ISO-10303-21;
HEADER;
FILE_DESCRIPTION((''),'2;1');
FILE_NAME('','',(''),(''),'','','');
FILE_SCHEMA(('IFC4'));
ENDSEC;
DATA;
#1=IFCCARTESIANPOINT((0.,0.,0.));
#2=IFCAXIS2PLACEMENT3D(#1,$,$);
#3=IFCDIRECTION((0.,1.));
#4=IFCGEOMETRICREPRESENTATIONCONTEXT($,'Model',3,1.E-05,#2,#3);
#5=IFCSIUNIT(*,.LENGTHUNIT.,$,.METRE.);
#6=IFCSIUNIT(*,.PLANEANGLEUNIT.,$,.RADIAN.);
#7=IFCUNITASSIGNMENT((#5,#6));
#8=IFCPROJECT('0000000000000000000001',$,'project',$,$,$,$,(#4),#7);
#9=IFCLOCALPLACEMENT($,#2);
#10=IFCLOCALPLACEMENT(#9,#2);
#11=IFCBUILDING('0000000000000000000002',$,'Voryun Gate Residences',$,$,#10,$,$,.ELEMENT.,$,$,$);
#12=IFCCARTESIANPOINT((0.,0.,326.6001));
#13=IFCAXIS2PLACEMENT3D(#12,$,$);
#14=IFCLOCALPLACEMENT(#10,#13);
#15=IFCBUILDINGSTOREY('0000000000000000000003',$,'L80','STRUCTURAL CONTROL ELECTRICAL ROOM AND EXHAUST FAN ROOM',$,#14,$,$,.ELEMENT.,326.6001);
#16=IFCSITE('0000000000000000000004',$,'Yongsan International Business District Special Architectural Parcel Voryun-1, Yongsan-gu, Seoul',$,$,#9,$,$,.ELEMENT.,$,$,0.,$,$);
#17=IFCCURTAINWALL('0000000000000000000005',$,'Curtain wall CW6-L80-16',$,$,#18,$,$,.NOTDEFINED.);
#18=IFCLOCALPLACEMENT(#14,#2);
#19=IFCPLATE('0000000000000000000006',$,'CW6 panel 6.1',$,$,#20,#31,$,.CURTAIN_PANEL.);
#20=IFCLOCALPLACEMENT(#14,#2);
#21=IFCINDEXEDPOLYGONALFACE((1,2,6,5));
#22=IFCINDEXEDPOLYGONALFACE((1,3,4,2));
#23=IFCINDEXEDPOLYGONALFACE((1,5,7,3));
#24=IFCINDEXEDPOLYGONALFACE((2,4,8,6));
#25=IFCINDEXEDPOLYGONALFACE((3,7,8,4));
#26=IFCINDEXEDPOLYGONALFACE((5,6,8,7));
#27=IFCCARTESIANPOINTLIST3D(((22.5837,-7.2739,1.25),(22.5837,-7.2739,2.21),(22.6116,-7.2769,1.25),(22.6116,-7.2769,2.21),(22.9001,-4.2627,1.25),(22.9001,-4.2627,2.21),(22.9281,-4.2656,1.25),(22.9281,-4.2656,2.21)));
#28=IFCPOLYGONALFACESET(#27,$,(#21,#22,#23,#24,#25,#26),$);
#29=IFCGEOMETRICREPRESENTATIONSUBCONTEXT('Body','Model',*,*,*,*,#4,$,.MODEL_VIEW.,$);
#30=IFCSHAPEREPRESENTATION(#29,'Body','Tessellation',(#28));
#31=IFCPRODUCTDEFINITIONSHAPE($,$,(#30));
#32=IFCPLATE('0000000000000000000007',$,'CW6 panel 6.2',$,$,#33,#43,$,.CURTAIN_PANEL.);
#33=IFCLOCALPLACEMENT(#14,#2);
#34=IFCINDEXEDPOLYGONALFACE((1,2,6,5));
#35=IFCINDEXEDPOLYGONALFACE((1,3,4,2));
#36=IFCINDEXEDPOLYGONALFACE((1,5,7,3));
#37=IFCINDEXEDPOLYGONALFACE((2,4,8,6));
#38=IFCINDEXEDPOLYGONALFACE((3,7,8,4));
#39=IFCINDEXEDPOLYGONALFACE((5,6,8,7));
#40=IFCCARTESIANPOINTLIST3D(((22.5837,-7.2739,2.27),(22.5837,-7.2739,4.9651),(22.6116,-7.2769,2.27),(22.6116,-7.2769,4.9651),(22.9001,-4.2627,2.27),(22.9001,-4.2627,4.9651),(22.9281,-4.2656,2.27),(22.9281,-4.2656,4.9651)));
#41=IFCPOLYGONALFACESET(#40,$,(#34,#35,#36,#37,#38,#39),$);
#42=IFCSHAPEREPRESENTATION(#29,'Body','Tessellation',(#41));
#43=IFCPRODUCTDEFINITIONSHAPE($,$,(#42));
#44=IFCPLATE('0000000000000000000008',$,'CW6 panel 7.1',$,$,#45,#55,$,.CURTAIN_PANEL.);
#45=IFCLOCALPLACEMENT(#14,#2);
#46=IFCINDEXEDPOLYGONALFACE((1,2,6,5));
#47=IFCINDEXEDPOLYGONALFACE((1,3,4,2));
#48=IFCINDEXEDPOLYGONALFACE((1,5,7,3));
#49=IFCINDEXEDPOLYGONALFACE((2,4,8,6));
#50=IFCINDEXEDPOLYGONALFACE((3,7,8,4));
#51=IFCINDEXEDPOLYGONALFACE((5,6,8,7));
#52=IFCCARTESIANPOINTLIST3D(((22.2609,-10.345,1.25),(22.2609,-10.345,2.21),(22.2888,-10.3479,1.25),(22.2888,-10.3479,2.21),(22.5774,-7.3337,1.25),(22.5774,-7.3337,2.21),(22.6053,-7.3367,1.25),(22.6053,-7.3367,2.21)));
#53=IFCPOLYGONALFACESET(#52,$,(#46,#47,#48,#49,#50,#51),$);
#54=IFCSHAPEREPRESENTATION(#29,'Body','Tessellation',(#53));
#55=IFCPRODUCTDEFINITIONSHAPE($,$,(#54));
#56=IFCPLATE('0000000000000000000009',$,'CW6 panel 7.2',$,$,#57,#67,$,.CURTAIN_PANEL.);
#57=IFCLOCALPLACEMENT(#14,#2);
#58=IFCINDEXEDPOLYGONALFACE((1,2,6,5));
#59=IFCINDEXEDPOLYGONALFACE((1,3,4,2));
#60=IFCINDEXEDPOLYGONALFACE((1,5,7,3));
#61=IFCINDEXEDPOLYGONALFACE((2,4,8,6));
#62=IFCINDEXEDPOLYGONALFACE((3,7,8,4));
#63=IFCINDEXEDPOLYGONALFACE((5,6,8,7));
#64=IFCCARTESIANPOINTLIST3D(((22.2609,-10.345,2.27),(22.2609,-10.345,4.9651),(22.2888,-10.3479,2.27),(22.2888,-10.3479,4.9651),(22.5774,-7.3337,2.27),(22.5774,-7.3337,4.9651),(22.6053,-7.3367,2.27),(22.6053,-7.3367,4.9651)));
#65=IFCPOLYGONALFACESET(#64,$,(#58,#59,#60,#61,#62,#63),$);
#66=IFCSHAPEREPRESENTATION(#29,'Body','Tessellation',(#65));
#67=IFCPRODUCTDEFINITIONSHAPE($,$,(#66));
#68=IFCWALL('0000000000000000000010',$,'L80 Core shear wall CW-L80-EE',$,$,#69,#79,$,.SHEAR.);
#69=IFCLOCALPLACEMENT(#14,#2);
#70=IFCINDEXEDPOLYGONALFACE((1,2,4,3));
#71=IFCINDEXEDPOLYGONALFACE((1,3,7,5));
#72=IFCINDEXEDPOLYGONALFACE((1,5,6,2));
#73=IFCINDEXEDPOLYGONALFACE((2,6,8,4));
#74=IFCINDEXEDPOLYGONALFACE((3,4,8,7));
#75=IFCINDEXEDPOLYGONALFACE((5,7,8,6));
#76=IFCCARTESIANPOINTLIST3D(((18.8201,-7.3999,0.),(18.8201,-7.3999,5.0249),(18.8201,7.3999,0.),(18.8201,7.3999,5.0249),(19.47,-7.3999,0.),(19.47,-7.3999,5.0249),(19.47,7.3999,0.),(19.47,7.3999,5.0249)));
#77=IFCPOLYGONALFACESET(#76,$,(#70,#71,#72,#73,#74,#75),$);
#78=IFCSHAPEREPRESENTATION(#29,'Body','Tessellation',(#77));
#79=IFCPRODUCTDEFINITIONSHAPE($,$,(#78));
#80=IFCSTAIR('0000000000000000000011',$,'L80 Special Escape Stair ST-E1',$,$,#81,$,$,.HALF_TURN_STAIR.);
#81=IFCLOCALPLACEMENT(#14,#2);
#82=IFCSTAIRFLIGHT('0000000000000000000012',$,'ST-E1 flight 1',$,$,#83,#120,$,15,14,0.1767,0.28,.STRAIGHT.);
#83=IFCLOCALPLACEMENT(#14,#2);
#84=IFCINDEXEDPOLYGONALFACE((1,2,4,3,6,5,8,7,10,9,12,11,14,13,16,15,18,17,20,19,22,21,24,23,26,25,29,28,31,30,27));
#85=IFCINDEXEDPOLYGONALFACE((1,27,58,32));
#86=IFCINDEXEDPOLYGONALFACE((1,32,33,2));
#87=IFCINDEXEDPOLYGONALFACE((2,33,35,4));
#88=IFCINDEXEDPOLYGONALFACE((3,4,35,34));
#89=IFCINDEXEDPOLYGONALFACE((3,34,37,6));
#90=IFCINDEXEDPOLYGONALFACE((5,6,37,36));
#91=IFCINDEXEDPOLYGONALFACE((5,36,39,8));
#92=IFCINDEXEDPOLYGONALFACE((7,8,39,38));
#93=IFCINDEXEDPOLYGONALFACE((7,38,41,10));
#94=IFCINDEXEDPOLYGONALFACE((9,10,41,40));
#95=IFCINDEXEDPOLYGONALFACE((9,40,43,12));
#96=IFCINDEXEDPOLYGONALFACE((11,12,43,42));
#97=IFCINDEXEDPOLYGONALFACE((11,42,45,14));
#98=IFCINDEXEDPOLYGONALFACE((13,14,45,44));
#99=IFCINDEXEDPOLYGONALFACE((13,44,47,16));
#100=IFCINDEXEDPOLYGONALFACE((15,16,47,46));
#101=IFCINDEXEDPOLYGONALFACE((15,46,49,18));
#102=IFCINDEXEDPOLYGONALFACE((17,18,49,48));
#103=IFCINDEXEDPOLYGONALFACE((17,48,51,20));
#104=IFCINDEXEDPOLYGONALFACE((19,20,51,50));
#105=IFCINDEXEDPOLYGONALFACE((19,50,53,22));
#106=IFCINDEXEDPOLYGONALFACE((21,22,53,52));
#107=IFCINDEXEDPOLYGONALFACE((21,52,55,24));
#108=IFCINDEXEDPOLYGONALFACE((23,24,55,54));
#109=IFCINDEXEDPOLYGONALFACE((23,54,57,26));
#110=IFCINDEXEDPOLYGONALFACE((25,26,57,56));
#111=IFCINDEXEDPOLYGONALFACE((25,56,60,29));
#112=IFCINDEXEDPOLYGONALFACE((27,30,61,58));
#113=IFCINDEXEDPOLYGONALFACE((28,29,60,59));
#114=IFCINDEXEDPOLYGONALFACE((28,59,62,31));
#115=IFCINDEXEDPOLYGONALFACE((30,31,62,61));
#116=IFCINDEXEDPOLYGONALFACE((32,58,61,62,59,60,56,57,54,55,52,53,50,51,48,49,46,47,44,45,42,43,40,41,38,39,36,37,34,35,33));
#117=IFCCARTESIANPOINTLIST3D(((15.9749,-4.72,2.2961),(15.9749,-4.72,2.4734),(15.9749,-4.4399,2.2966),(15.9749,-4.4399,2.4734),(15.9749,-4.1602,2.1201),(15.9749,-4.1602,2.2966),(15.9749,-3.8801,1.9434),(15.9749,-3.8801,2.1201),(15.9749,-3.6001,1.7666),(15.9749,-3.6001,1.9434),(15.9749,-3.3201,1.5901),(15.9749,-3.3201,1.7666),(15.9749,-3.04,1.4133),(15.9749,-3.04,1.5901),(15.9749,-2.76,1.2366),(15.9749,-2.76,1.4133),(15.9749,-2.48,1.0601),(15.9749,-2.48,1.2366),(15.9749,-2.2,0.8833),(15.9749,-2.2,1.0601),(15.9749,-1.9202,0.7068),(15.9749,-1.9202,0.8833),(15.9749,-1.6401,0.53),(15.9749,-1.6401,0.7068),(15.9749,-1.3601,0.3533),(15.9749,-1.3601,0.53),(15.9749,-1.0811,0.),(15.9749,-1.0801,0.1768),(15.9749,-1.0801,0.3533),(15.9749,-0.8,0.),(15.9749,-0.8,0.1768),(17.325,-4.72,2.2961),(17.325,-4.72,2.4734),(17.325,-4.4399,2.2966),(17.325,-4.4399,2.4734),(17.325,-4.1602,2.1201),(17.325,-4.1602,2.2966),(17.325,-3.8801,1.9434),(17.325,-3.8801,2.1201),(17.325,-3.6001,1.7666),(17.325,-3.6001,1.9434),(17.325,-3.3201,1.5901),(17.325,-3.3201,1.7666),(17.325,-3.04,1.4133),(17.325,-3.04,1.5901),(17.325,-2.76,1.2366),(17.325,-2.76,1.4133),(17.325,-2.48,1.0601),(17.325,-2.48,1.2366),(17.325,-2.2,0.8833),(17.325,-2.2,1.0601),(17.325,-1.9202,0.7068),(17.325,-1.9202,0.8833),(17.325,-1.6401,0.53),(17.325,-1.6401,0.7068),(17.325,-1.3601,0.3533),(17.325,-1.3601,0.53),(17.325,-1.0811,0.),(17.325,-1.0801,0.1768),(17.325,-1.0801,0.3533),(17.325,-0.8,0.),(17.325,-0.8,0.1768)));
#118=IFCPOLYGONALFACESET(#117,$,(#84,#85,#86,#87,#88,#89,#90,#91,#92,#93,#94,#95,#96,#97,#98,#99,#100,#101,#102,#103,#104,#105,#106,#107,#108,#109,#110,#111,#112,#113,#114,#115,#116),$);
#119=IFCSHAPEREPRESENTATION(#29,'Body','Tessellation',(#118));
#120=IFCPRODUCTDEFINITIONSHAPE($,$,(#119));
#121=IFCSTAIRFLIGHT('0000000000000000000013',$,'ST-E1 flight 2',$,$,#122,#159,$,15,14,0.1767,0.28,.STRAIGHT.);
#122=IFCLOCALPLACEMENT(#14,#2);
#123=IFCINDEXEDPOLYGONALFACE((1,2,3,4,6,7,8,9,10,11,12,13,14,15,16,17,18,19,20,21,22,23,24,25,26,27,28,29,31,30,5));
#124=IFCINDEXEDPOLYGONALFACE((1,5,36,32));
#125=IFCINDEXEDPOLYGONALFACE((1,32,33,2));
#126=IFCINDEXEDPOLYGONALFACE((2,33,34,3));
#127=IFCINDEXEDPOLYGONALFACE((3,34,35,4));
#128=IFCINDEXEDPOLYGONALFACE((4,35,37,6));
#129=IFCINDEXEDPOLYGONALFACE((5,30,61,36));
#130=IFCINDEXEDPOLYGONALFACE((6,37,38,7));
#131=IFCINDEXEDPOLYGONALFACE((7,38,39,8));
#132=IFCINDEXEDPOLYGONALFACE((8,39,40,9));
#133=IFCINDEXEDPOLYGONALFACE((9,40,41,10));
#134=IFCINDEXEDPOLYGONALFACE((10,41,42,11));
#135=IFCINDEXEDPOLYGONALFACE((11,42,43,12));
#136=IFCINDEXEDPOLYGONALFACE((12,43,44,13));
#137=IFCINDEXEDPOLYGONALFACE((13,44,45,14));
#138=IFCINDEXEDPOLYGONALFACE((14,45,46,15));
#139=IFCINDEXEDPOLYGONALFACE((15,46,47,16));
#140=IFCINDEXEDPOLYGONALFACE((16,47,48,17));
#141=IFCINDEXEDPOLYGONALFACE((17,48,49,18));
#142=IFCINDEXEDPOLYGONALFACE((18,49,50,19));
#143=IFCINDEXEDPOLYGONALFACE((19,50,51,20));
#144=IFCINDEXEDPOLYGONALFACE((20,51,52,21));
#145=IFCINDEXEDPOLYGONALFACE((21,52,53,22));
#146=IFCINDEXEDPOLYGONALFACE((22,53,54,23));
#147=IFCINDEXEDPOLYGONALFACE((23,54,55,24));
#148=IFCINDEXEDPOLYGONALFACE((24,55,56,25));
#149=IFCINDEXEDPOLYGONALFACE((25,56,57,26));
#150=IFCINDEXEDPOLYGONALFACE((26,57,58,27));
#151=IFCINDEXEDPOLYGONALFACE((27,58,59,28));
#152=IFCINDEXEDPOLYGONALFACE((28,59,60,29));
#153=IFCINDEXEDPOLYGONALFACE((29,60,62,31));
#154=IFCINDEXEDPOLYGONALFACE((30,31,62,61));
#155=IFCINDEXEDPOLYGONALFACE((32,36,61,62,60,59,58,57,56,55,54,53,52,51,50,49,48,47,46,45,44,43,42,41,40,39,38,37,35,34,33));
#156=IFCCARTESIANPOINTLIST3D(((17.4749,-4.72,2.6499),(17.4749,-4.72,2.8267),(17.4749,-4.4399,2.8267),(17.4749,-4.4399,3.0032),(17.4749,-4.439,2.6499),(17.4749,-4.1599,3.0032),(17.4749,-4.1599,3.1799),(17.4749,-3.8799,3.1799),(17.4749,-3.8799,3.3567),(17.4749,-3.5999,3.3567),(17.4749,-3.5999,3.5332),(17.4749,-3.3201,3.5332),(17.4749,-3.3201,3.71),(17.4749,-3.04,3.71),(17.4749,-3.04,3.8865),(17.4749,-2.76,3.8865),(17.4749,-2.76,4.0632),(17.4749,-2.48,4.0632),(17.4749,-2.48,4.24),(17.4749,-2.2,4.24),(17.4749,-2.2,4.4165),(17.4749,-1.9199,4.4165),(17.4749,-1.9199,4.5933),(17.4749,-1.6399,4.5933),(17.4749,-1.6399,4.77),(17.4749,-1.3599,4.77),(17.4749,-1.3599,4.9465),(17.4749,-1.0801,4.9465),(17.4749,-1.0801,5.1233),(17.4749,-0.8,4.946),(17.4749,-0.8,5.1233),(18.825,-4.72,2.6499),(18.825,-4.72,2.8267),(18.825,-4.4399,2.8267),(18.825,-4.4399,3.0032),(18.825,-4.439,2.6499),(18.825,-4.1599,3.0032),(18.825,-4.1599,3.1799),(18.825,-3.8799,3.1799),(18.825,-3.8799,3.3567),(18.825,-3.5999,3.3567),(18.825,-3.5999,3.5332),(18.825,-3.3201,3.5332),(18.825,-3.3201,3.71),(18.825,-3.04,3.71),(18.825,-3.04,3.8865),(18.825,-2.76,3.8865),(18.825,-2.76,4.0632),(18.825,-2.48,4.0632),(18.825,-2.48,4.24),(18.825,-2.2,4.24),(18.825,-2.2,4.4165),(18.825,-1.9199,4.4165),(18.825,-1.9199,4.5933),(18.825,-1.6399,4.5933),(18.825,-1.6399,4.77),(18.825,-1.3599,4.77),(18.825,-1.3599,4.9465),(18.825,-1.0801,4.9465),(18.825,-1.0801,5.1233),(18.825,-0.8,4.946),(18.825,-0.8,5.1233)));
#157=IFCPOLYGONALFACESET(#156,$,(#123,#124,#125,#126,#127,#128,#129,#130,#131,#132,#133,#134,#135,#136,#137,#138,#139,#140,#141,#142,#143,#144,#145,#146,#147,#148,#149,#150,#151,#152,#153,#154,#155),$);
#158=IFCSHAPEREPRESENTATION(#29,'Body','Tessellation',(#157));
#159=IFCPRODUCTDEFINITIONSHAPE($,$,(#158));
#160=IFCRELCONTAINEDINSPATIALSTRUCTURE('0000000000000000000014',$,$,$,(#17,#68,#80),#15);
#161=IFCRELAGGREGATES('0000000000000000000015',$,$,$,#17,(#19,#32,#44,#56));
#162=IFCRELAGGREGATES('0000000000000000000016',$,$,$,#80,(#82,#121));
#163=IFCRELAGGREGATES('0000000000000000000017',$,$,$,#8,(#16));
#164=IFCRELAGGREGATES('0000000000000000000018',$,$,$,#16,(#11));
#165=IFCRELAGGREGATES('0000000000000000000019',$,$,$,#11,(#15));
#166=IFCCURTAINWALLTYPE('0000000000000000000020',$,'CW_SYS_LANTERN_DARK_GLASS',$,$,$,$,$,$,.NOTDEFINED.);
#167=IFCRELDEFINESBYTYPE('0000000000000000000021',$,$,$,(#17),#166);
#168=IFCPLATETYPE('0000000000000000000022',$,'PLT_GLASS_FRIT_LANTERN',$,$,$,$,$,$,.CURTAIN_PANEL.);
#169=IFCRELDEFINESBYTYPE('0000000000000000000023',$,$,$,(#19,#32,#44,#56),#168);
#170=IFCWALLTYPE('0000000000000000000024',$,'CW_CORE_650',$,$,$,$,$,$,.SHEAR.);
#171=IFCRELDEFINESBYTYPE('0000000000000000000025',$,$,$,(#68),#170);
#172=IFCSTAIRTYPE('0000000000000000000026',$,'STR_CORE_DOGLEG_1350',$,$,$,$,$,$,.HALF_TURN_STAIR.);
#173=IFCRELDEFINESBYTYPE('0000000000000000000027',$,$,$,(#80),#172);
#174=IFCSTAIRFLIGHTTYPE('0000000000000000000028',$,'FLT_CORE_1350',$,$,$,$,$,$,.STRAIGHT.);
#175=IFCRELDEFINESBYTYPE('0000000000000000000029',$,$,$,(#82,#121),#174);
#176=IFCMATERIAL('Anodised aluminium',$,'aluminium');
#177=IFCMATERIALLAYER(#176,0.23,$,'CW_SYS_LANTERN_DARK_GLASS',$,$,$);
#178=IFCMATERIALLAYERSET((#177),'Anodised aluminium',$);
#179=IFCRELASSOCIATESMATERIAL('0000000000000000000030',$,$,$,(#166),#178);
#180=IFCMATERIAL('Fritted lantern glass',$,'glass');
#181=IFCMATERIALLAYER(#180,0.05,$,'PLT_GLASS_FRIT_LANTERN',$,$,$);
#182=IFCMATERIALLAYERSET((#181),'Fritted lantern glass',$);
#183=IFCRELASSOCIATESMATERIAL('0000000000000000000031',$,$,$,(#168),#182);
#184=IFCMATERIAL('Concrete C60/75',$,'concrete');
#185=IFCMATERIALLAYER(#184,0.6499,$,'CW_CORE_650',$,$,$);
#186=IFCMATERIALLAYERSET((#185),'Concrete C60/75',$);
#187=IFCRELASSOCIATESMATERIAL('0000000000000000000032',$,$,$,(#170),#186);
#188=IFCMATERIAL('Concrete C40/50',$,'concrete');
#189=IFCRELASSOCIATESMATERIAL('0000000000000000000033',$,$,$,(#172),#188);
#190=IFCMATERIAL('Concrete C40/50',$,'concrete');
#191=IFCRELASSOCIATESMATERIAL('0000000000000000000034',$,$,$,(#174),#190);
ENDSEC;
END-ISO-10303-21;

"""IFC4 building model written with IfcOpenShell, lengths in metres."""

from ifc_helpers import new_model, si_unit, direction, frame, frame_2d, origin, origin_2d, place, context, subcontext, project, spatial, polyline, rectangle, outline, extrude, material, layer, layer_set, type_object, element, aggregate, save


model = new_model("IFC4")

# Units and contexts
model_context = context("Model", 3, precision=1e-05, world=origin(), true_north=direction((0.0, 1.0)))
body_context = subcontext(model_context, "Body", "Model", "MODEL_VIEW")
ifc_project = project(units=[si_unit("LENGTHUNIT", "METRE"), si_unit("PLANEANGLEUNIT", "RADIAN")], contexts=[model_context])

# Site, building, storey
site_placement = place(None, origin())
site = spatial("IfcSite", under=ifc_project, at=site_placement, Name="Yongsan International Business District Special Architectural Parcel Voryun-1, Yongsan-gu, Seoul", CompositionType="ELEMENT", RefElevation=0.0)
building_placement = place(site_placement, origin())
building = spatial("IfcBuilding", under=site, at=building_placement, Name="Voryun Gate Residences", CompositionType="ELEMENT")
storey_placement = place(building_placement, frame((0.0, 0.0, 326.6001)))
storey = spatial("IfcBuildingStorey", under=building, at=storey_placement, Name="L80", Description="STRUCTURAL CONTROL ELECTRICAL ROOM AND EXHAUST FAN ROOM", CompositionType="ELEMENT", Elevation=326.6001)

# Curtain wall
ifc_material_1 = material(Name="Anodised aluminium", Category="aluminium")
ifc_layer_1 = layer(ifc_material_1, 0.23, Name="CW_SYS_LANTERN_DARK_GLASS")
ifc_layer_set_1 = layer_set([ifc_layer_1], Name="Anodised aluminium")
curtain_wall_type = type_object("IfcCurtainWallType", Name="CW_SYS_LANTERN_DARK_GLASS", PredefinedType="NOTDEFINED", material=ifc_layer_set_1)
curtain_wall_placement = place(storey_placement, origin())
curtain_wall = element("IfcCurtainWall", 1, at=curtain_wall_placement, inside=storey, type_object=curtain_wall_type, Name="Curtain wall CW6-L80-16", PredefinedType="NOTDEFINED")

# Plates
ifc_material_2 = material(Name="Fritted lantern glass", Category="glass")
ifc_layer_2 = layer(ifc_material_2, 0.05, Name="PLT_GLASS_FRIT_LANTERN")
ifc_layer_set_2 = layer_set([ifc_layer_2], Name="Fritted lantern glass")
plate_type_1 = type_object("IfcPlateType", Name="PLT_GLASS_FRIT_LANTERN", PredefinedType="CURTAIN_PANEL", material=ifc_layer_set_2)
plate_1_placement = place(storey_placement, frame((22.7559, -5.7698, 1.25), z_axis=(0.0, 0.0, 1.0), x_axis=(-0.104528, -0.994522, 0.0)))
plate_1 = element("IfcPlate", 2, at=plate_1_placement, type_object=plate_type_1, Name="CW6 panel 6.1", PredefinedType="CURTAIN_PANEL", context=body_context, shape_type="SweptSolid", body=[
    extrude(rectangle(XDim=3.0278, YDim=0.0281, at=origin_2d()), origin(), (0.0, 0.0, 1.0), 0.96),
])
plate_2_placement = place(storey_placement, frame((22.7559, -5.7698, 2.27), z_axis=(0.0, 0.0, 1.0), x_axis=(-0.104528, -0.994522, 0.0)))
plate_2 = element("IfcPlate", 3, at=plate_2_placement, type_object=plate_type_1, Name="CW6 panel 6.2", PredefinedType="CURTAIN_PANEL", context=body_context, shape_type="SweptSolid", body=[
    extrude(rectangle(XDim=3.0278, YDim=0.0281, at=origin_2d()), origin(), (0.0, 0.0, 1.0), 2.6951),
])
plate_3_placement = place(storey_placement, frame((22.4331, -8.8408, 1.25), z_axis=(0.0, 0.0, 1.0), x_axis=(-0.104528, -0.994522, 0.0)))
plate_3 = element("IfcPlate", 4, at=plate_3_placement, type_object=plate_type_1, Name="CW6 panel 7.1", PredefinedType="CURTAIN_PANEL", context=body_context, shape_type="SweptSolid", body=[
    extrude(rectangle(XDim=3.0278, YDim=0.0281, at=origin_2d()), origin(), (0.0, 0.0, 1.0), 0.96),
])
plate_4_placement = place(storey_placement, frame((22.4331, -8.8408, 2.27), z_axis=(0.0, 0.0, 1.0), x_axis=(-0.104528, -0.994522, 0.0)))
plate_4 = element("IfcPlate", 5, at=plate_4_placement, type_object=plate_type_1, Name="CW6 panel 7.2", PredefinedType="CURTAIN_PANEL", context=body_context, shape_type="SweptSolid", body=[
    extrude(rectangle(XDim=3.0278, YDim=0.0281, at=origin_2d()), origin(), (0.0, 0.0, 1.0), 2.6951),
])
aggregate(curtain_wall, [plate_1, plate_2, plate_3, plate_4])

# Wall
ifc_material_3 = material(Name="Concrete C60/75", Category="concrete")
ifc_layer_3 = layer(ifc_material_3, 0.6499, Name="CW_CORE_650")
ifc_layer_set_3 = layer_set([ifc_layer_3], Name="Concrete C60/75")
wall_type = type_object("IfcWallType", Name="CW_CORE_650", PredefinedType="SHEAR", material=ifc_layer_set_3)
wall_placement = place(storey_placement, frame((19.145, -7.3999, 0.0), z_axis=(0.0, 0.0, 1.0), x_axis=(0.0, 1.0, 0.0)))
element("IfcWall", 6, at=wall_placement, inside=storey, type_object=wall_type, Name="L80 Core shear wall CW-L80-EE", PredefinedType="SHEAR", context=body_context, shape_type="SweptSolid", body=[
    extrude(rectangle(XDim=14.7998, YDim=0.6499, at=frame_2d((7.3999, 0.0))), origin(), (0.0, 0.0, 1.0), 5.0249),
])

# Stair, stair flights
ifc_material_4 = material(Name="Concrete C40/50", Category="concrete")
stair_type = type_object("IfcStairType", Name="STR_CORE_DOGLEG_1350", PredefinedType="HALF_TURN_STAIR", material=ifc_material_4)
stair_placement = place(storey_placement, origin())
stair = element("IfcStair", 7, at=stair_placement, inside=storey, type_object=stair_type, Name="L80 Special Escape Stair ST-E1", PredefinedType="HALF_TURN_STAIR")
ifc_material_5 = material(Name="Concrete C40/50", Category="concrete")
stair_flight_type = type_object("IfcStairFlightType", Name="FLT_CORE_1350", PredefinedType="STRAIGHT", material=ifc_material_5)
stair_flight_1_placement = place(storey_placement, frame((16.6499, -0.8, 0.0), z_axis=(0.0, 0.0, 1.0), x_axis=(0.0, -1.0, 0.0)))
stair_flight_1 = element("IfcStairFlight", 8, at=stair_flight_1_placement, type_object=stair_flight_type, Name="ST-E1 flight 1", NumberOfRisers=15, NumberOfTreads=14, PredefinedType="STRAIGHT", RiserHeight=0.1767, TreadLength=0.28, context=body_context, shape_type="SweptSolid", body=[
    extrude(outline(polyline([(0.0, 0.0), (0.0, 0.1768), (0.28, 0.1768), (0.28, 0.3533), (0.5601, 0.3533), (0.5601, 0.53), (0.8401, 0.53), (0.8401, 0.7068), (1.1201, 0.7068), (1.1201, 0.8833), (1.3999, 0.8833), (1.3999, 1.0601), (1.6799, 1.0601), (1.6799, 1.2366), (1.96, 1.2366), (1.96, 1.4133), (2.24, 1.4133), (2.24, 1.5901), (2.52, 1.5901), (2.52, 1.7666), (2.8, 1.7666), (2.8, 1.9434), (3.0801, 1.9434), (3.0801, 2.1201), (3.3601, 2.1201), (3.3601, 2.2966), (3.6399, 2.2966), (3.6399, 2.4734), (3.9199, 2.4734), (3.9199, 2.6499), (3.9199, 2.2961), (0.281, 0.0), (0.0, 0.0)])), frame((0.0, 0.675, 0.0), z_axis=(0.0, -1.0, 0.0), x_axis=(1.0, 0.0, 0.0)), (0.0, 0.0, 1.0), 1.3501),
])
stair_flight_2_placement = place(storey_placement, frame((18.1499, -4.72, 2.6499), z_axis=(0.0, 0.0, 1.0), x_axis=(0.0, 1.0, 0.0)))
stair_flight_2 = element("IfcStairFlight", 9, at=stair_flight_2_placement, type_object=stair_flight_type, Name="ST-E1 flight 2", NumberOfRisers=15, NumberOfTreads=14, PredefinedType="STRAIGHT", RiserHeight=0.1767, TreadLength=0.28, context=body_context, shape_type="SweptSolid", body=[
    extrude(outline(polyline([(0.0, 0.0), (0.0, 0.1768), (0.28, 0.1768), (0.28, 0.3533), (0.5601, 0.3533), (0.5601, 0.53), (0.8401, 0.53), (0.8401, 0.7068), (1.1201, 0.7068), (1.1201, 0.8833), (1.3999, 0.8833), (1.3999, 1.0601), (1.6799, 1.0601), (1.6799, 1.2366), (1.96, 1.2366), (1.96, 1.4133), (2.24, 1.4133), (2.24, 1.5901), (2.52, 1.5901), (2.52, 1.7666), (2.8, 1.7666), (2.8, 1.9434), (3.0801, 1.9434), (3.0801, 2.1201), (3.3601, 2.1201), (3.3601, 2.2966), (3.6399, 2.2966), (3.6399, 2.4734), (3.9199, 2.4734), (3.9199, 2.6499), (3.9199, 2.2961), (0.281, 0.0), (0.0, 0.0)])), frame((0.0, 0.675, 0.0), z_axis=(0.0, -1.0, 0.0), x_axis=(1.0, 0.0, 0.0)), (0.0, 0.0, 1.0), 1.3501),
])
aggregate(stair, [stair_flight_1, stair_flight_2])

save(model, "model.ifc")
